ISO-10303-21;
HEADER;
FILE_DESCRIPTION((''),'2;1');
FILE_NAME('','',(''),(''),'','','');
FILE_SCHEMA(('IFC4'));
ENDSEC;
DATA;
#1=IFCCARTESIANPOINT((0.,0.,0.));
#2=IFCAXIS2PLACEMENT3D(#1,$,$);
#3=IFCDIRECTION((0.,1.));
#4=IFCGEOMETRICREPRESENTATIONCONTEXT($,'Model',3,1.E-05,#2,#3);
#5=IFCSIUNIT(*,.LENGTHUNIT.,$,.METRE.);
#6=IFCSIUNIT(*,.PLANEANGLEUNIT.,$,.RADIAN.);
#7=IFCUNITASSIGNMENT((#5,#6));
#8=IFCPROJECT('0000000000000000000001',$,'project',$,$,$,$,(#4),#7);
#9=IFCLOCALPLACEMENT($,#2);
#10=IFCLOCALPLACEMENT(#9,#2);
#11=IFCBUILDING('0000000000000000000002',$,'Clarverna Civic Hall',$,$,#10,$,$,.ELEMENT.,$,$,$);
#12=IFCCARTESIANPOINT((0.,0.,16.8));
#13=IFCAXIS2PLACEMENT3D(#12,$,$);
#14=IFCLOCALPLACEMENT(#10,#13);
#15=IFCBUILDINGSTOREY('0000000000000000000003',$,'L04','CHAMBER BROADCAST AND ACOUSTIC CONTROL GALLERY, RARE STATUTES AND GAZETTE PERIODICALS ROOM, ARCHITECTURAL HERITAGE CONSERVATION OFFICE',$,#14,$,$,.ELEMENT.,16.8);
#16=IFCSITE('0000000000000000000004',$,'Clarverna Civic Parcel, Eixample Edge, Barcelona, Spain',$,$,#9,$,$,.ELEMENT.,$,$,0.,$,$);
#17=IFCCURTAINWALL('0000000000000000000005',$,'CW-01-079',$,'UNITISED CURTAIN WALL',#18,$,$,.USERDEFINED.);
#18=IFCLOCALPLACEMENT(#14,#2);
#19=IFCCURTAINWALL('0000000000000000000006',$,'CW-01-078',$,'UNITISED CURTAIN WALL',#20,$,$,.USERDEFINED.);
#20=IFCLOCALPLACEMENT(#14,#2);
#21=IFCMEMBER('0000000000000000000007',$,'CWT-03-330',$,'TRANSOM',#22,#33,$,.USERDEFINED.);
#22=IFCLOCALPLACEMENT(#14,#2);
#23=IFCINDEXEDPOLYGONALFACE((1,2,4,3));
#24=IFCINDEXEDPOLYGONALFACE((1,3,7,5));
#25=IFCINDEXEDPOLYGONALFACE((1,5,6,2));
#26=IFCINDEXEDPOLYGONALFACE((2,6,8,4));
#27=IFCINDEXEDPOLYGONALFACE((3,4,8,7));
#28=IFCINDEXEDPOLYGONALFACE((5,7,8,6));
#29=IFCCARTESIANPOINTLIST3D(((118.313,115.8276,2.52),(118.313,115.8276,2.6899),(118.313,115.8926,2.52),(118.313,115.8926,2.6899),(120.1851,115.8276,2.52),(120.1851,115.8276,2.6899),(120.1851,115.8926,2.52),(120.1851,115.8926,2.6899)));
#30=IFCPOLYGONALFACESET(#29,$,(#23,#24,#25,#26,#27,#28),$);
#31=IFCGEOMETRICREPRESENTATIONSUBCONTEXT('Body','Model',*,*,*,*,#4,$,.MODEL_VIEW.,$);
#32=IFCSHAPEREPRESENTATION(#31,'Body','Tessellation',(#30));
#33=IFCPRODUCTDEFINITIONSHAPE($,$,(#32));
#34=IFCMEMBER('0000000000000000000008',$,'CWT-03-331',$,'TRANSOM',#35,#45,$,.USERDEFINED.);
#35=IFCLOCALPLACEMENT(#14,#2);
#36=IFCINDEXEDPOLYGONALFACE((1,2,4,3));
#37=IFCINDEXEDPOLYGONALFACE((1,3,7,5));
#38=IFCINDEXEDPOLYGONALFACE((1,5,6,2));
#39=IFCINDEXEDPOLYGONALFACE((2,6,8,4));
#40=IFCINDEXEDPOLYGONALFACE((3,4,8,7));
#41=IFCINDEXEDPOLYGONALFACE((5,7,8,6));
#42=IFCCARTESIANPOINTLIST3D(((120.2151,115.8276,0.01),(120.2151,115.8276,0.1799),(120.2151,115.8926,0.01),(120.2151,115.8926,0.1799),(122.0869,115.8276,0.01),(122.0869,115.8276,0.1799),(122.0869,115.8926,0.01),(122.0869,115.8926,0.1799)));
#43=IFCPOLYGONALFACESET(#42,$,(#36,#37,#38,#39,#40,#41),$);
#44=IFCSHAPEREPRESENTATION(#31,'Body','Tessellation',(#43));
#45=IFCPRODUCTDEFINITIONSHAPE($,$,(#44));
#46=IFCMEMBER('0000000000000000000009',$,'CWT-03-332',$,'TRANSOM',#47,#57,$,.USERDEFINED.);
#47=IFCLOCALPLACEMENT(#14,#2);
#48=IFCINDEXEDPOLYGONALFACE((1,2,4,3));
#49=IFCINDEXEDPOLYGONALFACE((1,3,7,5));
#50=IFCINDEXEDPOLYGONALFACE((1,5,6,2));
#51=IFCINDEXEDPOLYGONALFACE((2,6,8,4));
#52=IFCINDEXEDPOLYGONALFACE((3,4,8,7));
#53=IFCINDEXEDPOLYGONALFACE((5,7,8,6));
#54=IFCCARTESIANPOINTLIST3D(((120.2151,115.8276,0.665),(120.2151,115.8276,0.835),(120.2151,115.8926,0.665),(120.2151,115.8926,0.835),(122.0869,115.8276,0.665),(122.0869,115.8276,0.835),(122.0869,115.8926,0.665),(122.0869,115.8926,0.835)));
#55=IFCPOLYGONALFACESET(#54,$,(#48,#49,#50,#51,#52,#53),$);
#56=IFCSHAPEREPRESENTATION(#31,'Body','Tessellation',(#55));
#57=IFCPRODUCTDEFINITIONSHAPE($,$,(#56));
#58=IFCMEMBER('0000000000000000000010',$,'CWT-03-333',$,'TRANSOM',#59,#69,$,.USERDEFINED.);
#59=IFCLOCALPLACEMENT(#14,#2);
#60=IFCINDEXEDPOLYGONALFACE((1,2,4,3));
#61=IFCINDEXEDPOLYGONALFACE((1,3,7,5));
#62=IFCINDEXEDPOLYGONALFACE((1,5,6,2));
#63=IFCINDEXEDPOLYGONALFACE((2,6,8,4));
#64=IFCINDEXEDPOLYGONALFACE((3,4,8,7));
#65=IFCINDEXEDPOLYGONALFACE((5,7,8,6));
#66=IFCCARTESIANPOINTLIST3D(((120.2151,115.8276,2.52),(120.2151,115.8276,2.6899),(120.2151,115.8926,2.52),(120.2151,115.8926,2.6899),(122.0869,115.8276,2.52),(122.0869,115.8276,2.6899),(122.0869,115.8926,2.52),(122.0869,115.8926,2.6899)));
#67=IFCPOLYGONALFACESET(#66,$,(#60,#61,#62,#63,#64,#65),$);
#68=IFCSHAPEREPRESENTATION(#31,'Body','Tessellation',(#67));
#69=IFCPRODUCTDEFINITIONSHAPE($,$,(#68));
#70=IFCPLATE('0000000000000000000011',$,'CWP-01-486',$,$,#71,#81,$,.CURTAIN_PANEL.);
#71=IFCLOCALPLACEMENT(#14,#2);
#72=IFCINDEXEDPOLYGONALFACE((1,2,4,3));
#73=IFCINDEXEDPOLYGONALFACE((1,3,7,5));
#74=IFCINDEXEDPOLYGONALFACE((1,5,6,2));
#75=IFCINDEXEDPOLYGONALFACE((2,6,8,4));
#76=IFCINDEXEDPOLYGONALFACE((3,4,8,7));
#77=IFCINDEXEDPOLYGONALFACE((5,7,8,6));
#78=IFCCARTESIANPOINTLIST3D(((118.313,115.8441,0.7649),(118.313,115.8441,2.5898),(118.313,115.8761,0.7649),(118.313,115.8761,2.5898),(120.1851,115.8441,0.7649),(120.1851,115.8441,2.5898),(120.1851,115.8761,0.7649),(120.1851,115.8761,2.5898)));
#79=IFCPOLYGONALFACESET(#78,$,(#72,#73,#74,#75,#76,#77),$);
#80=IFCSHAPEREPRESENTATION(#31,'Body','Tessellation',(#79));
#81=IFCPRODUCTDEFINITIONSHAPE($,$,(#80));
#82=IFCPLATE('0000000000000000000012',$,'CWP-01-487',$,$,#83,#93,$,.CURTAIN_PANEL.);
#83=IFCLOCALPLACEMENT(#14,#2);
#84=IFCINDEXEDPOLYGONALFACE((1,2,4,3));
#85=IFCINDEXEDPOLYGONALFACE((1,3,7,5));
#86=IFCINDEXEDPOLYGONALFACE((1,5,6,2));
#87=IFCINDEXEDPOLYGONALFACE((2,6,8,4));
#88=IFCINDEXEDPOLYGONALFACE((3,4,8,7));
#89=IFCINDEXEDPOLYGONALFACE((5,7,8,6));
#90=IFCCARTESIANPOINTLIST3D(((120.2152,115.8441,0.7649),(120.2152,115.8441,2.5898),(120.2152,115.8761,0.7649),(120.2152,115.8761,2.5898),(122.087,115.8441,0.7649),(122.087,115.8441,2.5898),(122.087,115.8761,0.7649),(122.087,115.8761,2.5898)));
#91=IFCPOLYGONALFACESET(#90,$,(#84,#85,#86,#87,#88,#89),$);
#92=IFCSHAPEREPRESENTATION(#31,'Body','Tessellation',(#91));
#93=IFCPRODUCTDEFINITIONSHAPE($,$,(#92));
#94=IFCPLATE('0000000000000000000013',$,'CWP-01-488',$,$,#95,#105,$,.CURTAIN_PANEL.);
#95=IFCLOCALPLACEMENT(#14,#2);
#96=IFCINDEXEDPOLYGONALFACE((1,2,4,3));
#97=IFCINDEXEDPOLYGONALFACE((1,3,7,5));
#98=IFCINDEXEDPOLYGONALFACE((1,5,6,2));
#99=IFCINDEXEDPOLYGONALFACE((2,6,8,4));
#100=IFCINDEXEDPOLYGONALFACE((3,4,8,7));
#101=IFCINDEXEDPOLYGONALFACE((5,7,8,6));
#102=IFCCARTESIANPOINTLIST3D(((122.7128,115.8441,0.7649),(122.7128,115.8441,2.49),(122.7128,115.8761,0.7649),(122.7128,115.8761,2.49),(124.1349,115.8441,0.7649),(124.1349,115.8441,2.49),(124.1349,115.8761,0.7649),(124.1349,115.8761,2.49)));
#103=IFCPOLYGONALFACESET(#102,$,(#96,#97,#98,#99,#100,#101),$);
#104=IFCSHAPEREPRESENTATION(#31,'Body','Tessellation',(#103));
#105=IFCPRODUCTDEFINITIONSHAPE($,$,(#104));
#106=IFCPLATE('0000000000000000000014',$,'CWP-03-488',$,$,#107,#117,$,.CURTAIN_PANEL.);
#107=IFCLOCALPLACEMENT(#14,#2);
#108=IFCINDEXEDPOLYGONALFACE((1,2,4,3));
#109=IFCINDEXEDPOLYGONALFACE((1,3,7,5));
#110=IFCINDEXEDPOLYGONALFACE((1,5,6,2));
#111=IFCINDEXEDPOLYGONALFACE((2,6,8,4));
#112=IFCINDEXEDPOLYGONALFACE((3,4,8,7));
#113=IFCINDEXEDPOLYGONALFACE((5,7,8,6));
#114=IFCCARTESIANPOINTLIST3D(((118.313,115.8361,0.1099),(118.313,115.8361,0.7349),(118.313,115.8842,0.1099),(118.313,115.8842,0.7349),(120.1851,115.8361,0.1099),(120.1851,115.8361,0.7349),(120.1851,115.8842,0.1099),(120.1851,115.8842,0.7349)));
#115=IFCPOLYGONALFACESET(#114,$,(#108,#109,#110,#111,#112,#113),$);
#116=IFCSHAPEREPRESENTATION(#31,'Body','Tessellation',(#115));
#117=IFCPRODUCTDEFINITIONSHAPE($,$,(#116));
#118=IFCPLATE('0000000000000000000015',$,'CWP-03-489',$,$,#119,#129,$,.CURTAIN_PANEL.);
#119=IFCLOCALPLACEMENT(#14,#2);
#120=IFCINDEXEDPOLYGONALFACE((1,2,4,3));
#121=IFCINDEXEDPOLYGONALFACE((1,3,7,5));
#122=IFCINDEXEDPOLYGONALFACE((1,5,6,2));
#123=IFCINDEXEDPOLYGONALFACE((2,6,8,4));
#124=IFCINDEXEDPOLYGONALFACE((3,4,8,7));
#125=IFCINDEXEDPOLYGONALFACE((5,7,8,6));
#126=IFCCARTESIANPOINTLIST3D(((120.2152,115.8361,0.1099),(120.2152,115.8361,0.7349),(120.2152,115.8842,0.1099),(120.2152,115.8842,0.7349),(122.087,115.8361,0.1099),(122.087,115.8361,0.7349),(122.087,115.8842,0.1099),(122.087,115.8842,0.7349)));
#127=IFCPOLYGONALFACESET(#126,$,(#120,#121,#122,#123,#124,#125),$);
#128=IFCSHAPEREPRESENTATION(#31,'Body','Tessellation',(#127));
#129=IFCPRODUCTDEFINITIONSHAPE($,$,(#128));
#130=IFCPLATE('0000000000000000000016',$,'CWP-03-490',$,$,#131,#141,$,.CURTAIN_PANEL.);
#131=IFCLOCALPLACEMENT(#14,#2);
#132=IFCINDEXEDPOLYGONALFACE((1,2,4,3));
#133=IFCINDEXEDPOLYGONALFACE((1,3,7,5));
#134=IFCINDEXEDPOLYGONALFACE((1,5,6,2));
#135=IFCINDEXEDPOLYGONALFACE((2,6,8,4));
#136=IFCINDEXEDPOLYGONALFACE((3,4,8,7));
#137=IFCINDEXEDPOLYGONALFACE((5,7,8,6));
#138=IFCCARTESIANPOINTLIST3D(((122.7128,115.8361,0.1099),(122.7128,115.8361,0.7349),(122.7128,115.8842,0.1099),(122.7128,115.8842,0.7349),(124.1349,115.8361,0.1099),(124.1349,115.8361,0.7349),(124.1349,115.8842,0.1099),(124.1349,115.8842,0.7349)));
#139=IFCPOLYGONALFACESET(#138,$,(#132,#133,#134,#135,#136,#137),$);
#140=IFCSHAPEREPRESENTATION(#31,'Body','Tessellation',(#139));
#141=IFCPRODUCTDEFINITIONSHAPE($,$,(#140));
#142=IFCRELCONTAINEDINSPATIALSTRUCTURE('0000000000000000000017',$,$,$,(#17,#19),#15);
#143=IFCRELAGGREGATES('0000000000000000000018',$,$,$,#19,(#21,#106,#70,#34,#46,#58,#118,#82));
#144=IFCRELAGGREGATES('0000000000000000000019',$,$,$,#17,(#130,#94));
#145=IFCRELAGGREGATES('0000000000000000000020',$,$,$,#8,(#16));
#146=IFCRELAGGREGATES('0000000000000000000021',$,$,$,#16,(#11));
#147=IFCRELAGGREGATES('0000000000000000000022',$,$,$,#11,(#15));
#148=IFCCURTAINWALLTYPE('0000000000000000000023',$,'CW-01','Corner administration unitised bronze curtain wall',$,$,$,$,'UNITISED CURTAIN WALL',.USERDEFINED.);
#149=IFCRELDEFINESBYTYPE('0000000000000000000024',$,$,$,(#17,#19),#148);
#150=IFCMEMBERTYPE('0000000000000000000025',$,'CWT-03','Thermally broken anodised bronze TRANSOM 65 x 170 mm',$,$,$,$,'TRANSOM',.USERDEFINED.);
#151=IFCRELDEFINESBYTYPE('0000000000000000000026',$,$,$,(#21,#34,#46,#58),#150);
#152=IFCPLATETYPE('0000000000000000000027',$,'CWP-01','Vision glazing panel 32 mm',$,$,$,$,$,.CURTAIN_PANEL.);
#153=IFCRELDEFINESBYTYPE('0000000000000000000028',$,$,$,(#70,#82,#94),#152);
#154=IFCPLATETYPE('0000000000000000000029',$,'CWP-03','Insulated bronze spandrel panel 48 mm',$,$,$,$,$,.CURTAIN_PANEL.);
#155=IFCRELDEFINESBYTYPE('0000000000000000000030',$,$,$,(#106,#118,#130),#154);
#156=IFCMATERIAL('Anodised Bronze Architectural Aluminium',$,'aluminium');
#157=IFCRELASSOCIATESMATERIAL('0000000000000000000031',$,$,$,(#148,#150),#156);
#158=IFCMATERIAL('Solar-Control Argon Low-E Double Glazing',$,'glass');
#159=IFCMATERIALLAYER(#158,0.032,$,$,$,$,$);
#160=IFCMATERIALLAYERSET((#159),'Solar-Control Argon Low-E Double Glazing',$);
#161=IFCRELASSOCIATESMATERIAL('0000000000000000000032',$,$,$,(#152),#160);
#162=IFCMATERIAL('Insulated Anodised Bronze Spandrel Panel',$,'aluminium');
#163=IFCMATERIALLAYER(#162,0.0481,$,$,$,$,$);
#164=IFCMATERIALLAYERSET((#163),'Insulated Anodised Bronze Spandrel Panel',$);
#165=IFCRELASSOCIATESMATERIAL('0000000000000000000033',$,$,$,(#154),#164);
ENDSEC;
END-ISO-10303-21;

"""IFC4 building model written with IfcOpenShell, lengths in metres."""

from ifc_helpers import new_model, si_unit, direction, frame, frame_2d, origin, origin_2d, place, context, subcontext, project, spatial, rectangle, extrude, material, layer, layer_set, material_profile, profile_set, type_object, element, aggregate, save


model = new_model("IFC4")

# Units and contexts
model_context = context("Model", 3, precision=1e-05, world=origin(), true_north=direction((0.0, 1.0)))
body_context = subcontext(model_context, "Body", "Model", "MODEL_VIEW")
ifc_project = project(units=[si_unit("LENGTHUNIT", "METRE"), si_unit("PLANEANGLEUNIT", "RADIAN")], contexts=[model_context])

# Site, building, storey
site_placement = place(None, origin())
site = spatial("IfcSite", under=ifc_project, at=site_placement, Name="Clarverna Civic Parcel, Eixample Edge, Barcelona, Spain", CompositionType="ELEMENT", RefElevation=0.0)
building_placement = place(site_placement, origin())
building = spatial("IfcBuilding", under=site, at=building_placement, Name="Clarverna Civic Hall", CompositionType="ELEMENT")
storey_placement = place(building_placement, frame((0.0, 0.0, 16.8)))
storey = spatial("IfcBuildingStorey", under=building, at=storey_placement, Name="L04", Description="CHAMBER BROADCAST AND ACOUSTIC CONTROL GALLERY, RARE STATUTES AND GAZETTE PERIODICALS ROOM, ARCHITECTURAL HERITAGE CONSERVATION OFFICE", CompositionType="ELEMENT", Elevation=16.8)

# Curtain wall
ifc_material_1 = material(Name="Anodised Bronze Architectural Aluminium", Category="aluminium")
curtain_wall_type = type_object("IfcCurtainWallType", Name="CW-01", Description="Corner administration unitised bronze curtain wall", ElementType="UNITISED CURTAIN WALL", PredefinedType="USERDEFINED", material=ifc_material_1)
curtain_wall_1_placement = place(storey_placement, origin())
curtain_wall_1 = element("IfcCurtainWall", 1, at=curtain_wall_1_placement, inside=storey, type_object=curtain_wall_type, Name="CW-01-079", ObjectType="UNITISED CURTAIN WALL", PredefinedType="USERDEFINED")

# Curtain wall
curtain_wall_2_placement = place(storey_placement, origin())
curtain_wall_2 = element("IfcCurtainWall", 2, at=curtain_wall_2_placement, inside=storey, type_object=curtain_wall_type, Name="CW-01-078", ObjectType="UNITISED CURTAIN WALL", PredefinedType="USERDEFINED")

# Members
ifc_material_profile_1 = material_profile(ifc_material_1, rectangle(XDim=0.0649, YDim=0.1699, at=origin_2d()), Name="BRONZE 65x170")
ifc_profile_set_1 = profile_set([ifc_material_profile_1], Name="Anodised Bronze Architectural Aluminium")
member_type_1 = type_object("IfcMemberType", Name="CWT-03", Description="Thermally broken anodised bronze TRANSOM 65 x 170 mm", ElementType="TRANSOM", PredefinedType="USERDEFINED", material=ifc_profile_set_1)
member_1_placement = place(storey_placement, frame((118.313, 115.8601, 2.605), z_axis=(1.0, 0.0, 0.0), x_axis=(0.0, 1.0, 0.0)))
member_1 = element("IfcMember", 3, at=member_1_placement, type_object=member_type_1, Name="CWT-03-330", ObjectType="TRANSOM", PredefinedType="USERDEFINED", context=body_context, shape_type="SweptSolid", body=[
    extrude(rectangle(XDim=0.0649, YDim=0.1699, at=origin_2d()), origin(), (0.0, 0.0, 1.0), 1.8721),
])
member_2_placement = place(storey_placement, frame((120.2151, 115.8601, 0.095), z_axis=(1.0, 0.0, 0.0), x_axis=(0.0, 1.0, 0.0)))
member_2 = element("IfcMember", 4, at=member_2_placement, type_object=member_type_1, Name="CWT-03-331", ObjectType="TRANSOM", PredefinedType="USERDEFINED", context=body_context, shape_type="SweptSolid", body=[
    extrude(rectangle(XDim=0.0649, YDim=0.1699, at=origin_2d()), origin(), (0.0, 0.0, 1.0), 1.8718),
])
member_3_placement = place(storey_placement, frame((120.2151, 115.8601, 0.75), z_axis=(1.0, 0.0, 0.0), x_axis=(0.0, 1.0, 0.0)))
member_3 = element("IfcMember", 5, at=member_3_placement, type_object=member_type_1, Name="CWT-03-332", ObjectType="TRANSOM", PredefinedType="USERDEFINED", context=body_context, shape_type="SweptSolid", body=[
    extrude(rectangle(XDim=0.0649, YDim=0.1699, at=origin_2d()), origin(), (0.0, 0.0, 1.0), 1.8718),
])
member_4_placement = place(storey_placement, frame((120.2151, 115.8601, 2.605), z_axis=(1.0, 0.0, 0.0), x_axis=(0.0, 1.0, 0.0)))
member_4 = element("IfcMember", 6, at=member_4_placement, type_object=member_type_1, Name="CWT-03-333", ObjectType="TRANSOM", PredefinedType="USERDEFINED", context=body_context, shape_type="SweptSolid", body=[
    extrude(rectangle(XDim=0.0649, YDim=0.1699, at=origin_2d()), origin(), (0.0, 0.0, 1.0), 1.8718),
])

# Plates
ifc_material_2 = material(Name="Solar-Control Argon Low-E Double Glazing", Category="glass")
ifc_layer_1 = layer(ifc_material_2, 0.032)
ifc_layer_set_1 = layer_set([ifc_layer_1], Name="Solar-Control Argon Low-E Double Glazing")
plate_type_1 = type_object("IfcPlateType", Name="CWP-01", Description="Vision glazing panel 32 mm", PredefinedType="CURTAIN_PANEL", material=ifc_layer_set_1)
plate_1_placement = place(storey_placement, frame((118.313, 115.8601, 0.7649), z_axis=(0.0, 0.0, 1.0), x_axis=(1.0, 0.0, 0.0)))
plate_1 = element("IfcPlate", 7, at=plate_1_placement, type_object=plate_type_1, Name="CWP-01-486", PredefinedType="CURTAIN_PANEL", context=body_context, shape_type="SweptSolid", body=[
    extrude(rectangle(XDim=1.8721, YDim=0.032, at=frame_2d((0.936, 0.0))), origin(), (0.0, 0.0, 1.0), 1.825),
])
plate_2_placement = place(storey_placement, frame((120.2151, 115.8601, 0.7649), z_axis=(0.0, 0.0, 1.0), x_axis=(1.0, 0.0, 0.0)))
plate_2 = element("IfcPlate", 8, at=plate_2_placement, type_object=plate_type_1, Name="CWP-01-487", PredefinedType="CURTAIN_PANEL", context=body_context, shape_type="SweptSolid", body=[
    extrude(rectangle(XDim=1.8718, YDim=0.032, at=frame_2d((0.936, 0.0))), origin(), (0.0, 0.0, 1.0), 1.825),
])
plate_3_placement = place(storey_placement, frame((122.7129, 115.8601, 0.7649), z_axis=(0.0, 0.0, 1.0), x_axis=(1.0, 0.0, 0.0)))
plate_3 = element("IfcPlate", 9, at=plate_3_placement, type_object=plate_type_1, Name="CWP-01-488", PredefinedType="CURTAIN_PANEL", context=body_context, shape_type="SweptSolid", body=[
    extrude(rectangle(XDim=1.4221, YDim=0.032, at=frame_2d((0.7109, 0.0))), origin(), (0.0, 0.0, 1.0), 1.7251),
])
ifc_material_3 = material(Name="Insulated Anodised Bronze Spandrel Panel", Category="aluminium")
ifc_layer_2 = layer(ifc_material_3, 0.0481)
ifc_layer_set_2 = layer_set([ifc_layer_2], Name="Insulated Anodised Bronze Spandrel Panel")
plate_type_2 = type_object("IfcPlateType", Name="CWP-03", Description="Insulated bronze spandrel panel 48 mm", PredefinedType="CURTAIN_PANEL", material=ifc_layer_set_2)
plate_4_placement = place(storey_placement, frame((118.313, 115.8601, 0.1099), z_axis=(0.0, 0.0, 1.0), x_axis=(1.0, 0.0, 0.0)))
plate_4 = element("IfcPlate", 10, at=plate_4_placement, type_object=plate_type_2, Name="CWP-03-488", PredefinedType="CURTAIN_PANEL", context=body_context, shape_type="SweptSolid", body=[
    extrude(rectangle(XDim=1.8721, YDim=0.0481, at=frame_2d((0.936, 0.0))), origin(), (0.0, 0.0, 1.0), 0.625),
])
plate_5_placement = place(storey_placement, frame((120.2151, 115.8601, 0.1099), z_axis=(0.0, 0.0, 1.0), x_axis=(1.0, 0.0, 0.0)))
plate_5 = element("IfcPlate", 11, at=plate_5_placement, type_object=plate_type_2, Name="CWP-03-489", PredefinedType="CURTAIN_PANEL", context=body_context, shape_type="SweptSolid", body=[
    extrude(rectangle(XDim=1.8718, YDim=0.0481, at=frame_2d((0.936, 0.0))), origin(), (0.0, 0.0, 1.0), 0.625),
])
aggregate(curtain_wall_2, [member_1, plate_4, plate_1, member_2, member_3, member_4, plate_5, plate_2])
plate_6_placement = place(storey_placement, frame((122.7129, 115.8601, 0.1099), z_axis=(0.0, 0.0, 1.0), x_axis=(1.0, 0.0, 0.0)))
plate_6 = element("IfcPlate", 12, at=plate_6_placement, type_object=plate_type_2, Name="CWP-03-490", PredefinedType="CURTAIN_PANEL", context=body_context, shape_type="SweptSolid", body=[
    extrude(rectangle(XDim=1.4221, YDim=0.0481, at=frame_2d((0.7109, 0.0))), origin(), (0.0, 0.0, 1.0), 0.625),
])
aggregate(curtain_wall_1, [plate_6, plate_3])

save(model, "model.ifc")
